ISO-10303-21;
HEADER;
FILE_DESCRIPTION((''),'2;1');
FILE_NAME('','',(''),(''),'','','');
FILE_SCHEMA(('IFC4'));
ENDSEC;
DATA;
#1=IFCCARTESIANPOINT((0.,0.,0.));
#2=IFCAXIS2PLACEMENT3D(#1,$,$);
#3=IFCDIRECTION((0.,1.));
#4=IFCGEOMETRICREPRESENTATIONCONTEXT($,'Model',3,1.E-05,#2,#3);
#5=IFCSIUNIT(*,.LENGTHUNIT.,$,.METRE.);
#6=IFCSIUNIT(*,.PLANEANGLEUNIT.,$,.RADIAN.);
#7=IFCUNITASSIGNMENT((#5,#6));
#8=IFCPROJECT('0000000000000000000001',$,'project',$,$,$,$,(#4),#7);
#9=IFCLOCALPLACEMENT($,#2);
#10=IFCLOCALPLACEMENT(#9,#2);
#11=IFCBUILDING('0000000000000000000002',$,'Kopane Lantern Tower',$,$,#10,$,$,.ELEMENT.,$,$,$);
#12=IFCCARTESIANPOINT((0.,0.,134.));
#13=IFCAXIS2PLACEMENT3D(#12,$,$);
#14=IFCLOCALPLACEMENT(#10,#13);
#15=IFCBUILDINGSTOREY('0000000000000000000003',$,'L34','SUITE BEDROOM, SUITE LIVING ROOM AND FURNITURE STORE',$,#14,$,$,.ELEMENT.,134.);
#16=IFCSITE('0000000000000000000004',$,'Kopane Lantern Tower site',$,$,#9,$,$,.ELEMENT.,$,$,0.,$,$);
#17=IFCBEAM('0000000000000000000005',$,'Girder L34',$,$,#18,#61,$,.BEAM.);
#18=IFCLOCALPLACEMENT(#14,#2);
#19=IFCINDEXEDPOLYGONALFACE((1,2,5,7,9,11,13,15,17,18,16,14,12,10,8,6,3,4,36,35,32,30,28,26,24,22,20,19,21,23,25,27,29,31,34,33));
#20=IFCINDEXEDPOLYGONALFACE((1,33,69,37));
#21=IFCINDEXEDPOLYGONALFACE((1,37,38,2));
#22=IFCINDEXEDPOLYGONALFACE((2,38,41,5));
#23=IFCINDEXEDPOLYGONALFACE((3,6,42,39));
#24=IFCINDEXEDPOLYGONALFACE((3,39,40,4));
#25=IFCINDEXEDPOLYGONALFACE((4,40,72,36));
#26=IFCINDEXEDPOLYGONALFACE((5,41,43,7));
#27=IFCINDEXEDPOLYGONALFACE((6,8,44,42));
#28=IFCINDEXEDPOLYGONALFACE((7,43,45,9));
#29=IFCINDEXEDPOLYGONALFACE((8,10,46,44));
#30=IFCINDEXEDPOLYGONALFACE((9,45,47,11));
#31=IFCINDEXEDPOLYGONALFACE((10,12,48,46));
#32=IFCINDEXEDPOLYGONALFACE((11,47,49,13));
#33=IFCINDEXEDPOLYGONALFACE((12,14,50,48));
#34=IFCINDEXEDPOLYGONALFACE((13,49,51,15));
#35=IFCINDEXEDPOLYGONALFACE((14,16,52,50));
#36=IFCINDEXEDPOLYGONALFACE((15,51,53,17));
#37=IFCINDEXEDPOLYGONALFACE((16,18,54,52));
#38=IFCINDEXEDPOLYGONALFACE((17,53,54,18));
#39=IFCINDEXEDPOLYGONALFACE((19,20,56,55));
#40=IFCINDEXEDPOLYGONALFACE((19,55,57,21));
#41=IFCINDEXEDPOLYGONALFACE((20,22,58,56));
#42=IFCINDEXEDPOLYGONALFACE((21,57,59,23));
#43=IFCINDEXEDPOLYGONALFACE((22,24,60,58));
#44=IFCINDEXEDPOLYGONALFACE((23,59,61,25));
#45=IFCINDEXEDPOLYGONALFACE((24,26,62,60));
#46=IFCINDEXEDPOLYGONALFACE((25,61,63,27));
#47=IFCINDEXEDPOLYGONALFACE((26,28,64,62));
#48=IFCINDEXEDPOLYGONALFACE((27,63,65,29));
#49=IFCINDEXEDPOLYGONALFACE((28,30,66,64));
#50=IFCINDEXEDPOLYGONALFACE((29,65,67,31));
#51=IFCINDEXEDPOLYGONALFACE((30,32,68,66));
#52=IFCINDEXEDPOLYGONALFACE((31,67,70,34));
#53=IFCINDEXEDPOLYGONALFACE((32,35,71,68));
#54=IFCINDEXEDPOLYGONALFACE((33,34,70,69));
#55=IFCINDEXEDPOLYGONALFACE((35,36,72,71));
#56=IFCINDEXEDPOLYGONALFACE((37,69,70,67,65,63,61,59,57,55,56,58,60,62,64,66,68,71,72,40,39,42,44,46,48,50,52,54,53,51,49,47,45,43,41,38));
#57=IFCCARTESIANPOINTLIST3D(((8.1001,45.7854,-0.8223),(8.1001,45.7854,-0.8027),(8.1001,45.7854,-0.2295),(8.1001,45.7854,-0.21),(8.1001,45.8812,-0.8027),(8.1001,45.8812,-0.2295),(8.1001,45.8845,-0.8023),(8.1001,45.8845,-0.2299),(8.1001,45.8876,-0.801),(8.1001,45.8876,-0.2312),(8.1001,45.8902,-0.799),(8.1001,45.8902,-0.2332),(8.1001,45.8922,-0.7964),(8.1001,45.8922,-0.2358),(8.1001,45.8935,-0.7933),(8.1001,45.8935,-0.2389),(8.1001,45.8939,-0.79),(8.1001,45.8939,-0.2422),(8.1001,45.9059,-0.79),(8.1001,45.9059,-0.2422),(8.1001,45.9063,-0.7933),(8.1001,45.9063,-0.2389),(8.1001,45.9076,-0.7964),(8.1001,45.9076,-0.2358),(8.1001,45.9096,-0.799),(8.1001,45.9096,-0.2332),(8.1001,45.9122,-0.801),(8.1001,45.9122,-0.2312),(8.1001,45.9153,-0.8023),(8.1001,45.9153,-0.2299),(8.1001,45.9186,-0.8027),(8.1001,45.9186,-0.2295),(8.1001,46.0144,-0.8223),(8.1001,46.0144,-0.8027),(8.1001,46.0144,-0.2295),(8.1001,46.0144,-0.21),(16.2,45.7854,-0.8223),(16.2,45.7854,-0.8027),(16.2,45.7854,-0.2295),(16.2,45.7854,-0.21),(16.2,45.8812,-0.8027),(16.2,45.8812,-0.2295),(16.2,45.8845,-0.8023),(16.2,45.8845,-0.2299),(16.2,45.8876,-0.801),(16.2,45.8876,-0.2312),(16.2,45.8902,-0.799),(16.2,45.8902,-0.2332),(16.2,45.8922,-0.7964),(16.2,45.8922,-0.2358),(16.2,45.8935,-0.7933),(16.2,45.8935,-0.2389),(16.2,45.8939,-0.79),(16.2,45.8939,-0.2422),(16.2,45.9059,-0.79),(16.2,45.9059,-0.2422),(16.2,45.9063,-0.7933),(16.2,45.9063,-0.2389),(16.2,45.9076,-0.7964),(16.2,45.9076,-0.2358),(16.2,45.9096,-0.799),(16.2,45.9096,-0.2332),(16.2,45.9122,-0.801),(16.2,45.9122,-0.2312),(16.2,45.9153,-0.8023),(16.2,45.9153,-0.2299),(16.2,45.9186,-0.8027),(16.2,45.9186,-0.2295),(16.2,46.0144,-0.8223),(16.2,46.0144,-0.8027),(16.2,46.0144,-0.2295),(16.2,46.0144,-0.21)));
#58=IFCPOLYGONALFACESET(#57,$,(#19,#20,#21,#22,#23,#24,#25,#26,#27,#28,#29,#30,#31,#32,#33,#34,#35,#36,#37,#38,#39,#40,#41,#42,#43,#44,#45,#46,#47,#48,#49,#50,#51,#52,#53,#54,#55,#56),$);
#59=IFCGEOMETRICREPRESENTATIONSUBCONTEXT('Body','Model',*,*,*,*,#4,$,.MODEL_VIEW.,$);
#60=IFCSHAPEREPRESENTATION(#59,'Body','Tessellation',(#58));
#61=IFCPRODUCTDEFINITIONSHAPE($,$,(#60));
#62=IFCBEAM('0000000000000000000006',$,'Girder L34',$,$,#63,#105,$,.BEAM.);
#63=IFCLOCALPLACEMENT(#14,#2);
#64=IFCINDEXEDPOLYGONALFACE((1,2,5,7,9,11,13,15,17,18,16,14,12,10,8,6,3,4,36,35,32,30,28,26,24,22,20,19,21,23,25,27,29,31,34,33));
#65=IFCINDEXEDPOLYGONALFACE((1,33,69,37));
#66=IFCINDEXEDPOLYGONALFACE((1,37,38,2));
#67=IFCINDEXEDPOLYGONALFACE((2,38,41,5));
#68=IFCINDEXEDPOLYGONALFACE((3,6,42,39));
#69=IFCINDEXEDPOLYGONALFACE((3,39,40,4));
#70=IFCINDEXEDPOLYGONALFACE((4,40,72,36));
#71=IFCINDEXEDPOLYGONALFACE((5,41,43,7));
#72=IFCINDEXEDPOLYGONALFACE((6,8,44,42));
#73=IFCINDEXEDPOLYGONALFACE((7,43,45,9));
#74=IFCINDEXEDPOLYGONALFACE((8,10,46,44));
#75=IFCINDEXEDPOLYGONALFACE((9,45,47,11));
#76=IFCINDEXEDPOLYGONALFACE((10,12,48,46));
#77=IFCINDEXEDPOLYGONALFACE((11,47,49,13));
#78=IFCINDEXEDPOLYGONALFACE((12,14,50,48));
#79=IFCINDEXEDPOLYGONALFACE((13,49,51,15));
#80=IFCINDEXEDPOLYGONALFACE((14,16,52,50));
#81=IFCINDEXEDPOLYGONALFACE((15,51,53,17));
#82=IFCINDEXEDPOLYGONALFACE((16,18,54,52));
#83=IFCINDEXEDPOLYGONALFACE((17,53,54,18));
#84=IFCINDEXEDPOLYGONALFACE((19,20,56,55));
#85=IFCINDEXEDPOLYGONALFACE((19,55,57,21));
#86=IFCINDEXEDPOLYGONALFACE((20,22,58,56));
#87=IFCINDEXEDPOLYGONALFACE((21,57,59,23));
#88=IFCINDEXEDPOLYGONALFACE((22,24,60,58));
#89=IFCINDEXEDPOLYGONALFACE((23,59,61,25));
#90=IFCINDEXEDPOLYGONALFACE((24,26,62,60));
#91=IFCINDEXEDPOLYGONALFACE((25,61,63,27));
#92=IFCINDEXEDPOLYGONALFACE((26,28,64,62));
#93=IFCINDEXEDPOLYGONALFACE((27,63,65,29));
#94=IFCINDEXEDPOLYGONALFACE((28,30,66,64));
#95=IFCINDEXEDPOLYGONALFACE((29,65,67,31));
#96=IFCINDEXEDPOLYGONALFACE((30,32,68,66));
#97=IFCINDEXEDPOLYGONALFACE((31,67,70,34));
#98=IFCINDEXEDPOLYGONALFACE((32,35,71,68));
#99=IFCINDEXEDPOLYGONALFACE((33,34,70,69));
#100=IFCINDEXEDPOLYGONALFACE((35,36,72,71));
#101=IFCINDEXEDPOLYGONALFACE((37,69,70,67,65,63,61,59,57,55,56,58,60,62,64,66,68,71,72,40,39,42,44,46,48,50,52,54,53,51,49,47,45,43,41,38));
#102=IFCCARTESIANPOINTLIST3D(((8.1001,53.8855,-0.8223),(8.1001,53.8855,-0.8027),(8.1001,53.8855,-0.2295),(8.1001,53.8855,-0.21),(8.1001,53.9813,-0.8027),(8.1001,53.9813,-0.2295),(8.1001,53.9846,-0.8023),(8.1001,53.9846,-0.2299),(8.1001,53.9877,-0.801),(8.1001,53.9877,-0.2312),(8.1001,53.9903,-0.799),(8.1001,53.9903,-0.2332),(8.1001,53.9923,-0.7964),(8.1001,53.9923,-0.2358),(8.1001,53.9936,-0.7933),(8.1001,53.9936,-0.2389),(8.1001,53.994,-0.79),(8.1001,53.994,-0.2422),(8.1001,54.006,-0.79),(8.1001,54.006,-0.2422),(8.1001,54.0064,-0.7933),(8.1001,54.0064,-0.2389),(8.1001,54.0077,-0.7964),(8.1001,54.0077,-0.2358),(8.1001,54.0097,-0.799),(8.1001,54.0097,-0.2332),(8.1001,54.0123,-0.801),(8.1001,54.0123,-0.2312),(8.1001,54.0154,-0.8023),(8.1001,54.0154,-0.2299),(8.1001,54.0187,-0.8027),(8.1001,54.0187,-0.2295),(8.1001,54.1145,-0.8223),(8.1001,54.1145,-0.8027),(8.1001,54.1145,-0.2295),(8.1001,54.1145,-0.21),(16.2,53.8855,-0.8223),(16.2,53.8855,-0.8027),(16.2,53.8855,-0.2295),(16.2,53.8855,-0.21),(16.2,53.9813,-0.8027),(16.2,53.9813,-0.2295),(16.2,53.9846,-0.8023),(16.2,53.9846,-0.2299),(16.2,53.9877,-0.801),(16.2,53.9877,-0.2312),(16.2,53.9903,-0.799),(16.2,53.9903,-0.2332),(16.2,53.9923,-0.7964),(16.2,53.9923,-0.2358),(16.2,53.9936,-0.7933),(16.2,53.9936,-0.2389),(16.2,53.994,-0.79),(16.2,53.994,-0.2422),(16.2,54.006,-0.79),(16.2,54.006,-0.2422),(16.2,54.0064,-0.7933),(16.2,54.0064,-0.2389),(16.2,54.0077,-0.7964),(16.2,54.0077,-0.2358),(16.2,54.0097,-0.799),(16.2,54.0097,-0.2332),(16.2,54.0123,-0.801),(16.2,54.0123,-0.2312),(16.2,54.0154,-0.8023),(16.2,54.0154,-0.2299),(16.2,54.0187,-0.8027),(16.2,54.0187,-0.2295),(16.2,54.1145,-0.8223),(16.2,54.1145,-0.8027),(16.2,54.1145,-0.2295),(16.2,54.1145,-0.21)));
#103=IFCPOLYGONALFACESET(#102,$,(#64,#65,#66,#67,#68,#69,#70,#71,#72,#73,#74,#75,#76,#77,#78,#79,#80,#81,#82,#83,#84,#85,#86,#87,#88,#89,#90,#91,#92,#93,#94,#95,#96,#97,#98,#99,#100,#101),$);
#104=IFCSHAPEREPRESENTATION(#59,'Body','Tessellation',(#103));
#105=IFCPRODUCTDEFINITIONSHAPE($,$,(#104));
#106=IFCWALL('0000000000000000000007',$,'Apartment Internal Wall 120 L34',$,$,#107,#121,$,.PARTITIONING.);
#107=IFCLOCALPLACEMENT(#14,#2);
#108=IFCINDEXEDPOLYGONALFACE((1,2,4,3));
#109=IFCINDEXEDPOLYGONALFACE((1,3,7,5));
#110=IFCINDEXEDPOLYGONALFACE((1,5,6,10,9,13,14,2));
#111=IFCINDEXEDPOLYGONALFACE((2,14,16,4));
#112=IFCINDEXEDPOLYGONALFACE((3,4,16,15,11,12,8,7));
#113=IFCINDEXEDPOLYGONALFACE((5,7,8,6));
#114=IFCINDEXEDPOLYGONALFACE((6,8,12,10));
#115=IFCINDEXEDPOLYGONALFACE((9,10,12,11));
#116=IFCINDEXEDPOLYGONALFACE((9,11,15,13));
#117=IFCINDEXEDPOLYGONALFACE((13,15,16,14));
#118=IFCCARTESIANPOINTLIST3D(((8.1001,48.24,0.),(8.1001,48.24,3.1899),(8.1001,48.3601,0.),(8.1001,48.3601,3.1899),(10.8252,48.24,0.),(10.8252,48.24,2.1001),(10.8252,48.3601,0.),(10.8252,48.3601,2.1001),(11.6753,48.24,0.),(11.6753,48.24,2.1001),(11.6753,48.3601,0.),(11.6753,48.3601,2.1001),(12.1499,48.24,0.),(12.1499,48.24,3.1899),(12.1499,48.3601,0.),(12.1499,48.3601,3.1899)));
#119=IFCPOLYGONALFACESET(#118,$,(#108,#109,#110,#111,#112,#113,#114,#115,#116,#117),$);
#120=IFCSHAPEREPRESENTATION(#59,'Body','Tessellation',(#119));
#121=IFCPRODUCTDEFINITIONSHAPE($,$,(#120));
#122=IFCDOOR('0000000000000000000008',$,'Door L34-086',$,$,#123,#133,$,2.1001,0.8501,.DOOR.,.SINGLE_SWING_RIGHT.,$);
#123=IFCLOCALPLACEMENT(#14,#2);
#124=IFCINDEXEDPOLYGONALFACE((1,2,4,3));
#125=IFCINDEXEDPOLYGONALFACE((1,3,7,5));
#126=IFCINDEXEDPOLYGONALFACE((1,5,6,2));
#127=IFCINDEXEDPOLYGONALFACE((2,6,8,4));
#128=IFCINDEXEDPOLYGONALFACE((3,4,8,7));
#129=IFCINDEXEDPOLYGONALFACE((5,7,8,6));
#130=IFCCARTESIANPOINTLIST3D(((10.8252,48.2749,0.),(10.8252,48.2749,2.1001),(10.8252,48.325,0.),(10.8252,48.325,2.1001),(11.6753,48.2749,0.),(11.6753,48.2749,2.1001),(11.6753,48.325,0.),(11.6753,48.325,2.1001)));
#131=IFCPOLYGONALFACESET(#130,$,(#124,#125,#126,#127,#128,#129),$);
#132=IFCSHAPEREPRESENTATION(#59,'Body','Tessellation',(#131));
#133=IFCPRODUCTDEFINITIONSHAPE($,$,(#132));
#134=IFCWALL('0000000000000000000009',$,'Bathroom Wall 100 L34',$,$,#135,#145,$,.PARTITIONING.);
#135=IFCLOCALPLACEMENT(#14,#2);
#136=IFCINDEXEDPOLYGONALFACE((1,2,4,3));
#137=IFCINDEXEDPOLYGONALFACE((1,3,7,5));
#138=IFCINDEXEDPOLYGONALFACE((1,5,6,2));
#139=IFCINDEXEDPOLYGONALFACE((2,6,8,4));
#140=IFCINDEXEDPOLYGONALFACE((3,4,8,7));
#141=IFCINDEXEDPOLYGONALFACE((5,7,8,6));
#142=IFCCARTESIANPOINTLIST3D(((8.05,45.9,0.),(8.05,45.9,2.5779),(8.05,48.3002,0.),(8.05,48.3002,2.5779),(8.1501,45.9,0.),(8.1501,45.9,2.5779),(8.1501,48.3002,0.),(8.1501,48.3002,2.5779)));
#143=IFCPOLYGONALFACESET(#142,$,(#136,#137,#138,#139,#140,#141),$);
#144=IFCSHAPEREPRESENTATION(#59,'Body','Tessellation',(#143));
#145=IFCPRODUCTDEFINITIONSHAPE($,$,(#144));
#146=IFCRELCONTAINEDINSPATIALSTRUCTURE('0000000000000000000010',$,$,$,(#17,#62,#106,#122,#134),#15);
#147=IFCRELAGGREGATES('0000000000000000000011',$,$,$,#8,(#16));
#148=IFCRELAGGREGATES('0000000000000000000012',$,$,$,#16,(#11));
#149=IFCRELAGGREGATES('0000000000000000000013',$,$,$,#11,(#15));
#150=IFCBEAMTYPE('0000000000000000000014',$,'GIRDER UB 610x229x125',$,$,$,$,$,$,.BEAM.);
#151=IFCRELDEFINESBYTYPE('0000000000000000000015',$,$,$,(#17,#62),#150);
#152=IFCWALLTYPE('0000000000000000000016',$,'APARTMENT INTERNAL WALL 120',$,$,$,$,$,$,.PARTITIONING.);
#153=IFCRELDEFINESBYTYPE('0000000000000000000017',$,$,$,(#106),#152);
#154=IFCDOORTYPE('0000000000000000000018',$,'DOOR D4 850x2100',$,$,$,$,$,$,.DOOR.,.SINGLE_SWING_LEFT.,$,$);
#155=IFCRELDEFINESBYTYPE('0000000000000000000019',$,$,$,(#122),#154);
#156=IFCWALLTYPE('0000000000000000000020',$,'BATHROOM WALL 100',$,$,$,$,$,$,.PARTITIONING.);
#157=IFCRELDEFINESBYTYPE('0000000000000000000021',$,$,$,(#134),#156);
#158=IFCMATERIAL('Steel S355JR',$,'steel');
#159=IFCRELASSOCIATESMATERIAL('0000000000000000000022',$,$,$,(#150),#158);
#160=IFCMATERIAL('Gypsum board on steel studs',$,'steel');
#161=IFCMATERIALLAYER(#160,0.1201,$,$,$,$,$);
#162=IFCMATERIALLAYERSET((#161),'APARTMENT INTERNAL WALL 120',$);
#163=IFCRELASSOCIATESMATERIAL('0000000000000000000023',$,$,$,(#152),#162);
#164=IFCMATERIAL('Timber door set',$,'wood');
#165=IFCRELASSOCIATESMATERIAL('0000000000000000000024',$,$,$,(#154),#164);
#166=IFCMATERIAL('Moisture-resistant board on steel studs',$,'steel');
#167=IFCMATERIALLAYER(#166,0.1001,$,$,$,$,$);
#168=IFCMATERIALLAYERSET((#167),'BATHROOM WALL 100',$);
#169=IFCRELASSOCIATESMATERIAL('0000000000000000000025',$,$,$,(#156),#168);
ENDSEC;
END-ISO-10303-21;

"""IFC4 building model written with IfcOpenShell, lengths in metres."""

from ifc_helpers import new_model, si_unit, direction, frame, frame_2d, origin, origin_2d, place, context, subcontext, project, spatial, rectangle, i_section, extrude, material, layer, layer_set, material_profile, profile_set, type_object, element, fill, save


model = new_model("IFC4")

# Units and contexts
model_context = context("Model", 3, precision=1e-05, world=origin(), true_north=direction((0.0, 1.0)))
body_context = subcontext(model_context, "Body", "Model", "MODEL_VIEW")
ifc_project = project(units=[si_unit("LENGTHUNIT", "METRE"), si_unit("PLANEANGLEUNIT", "RADIAN")], contexts=[model_context])

# Site, building, storey
site_placement = place(None, origin())
site = spatial("IfcSite", under=ifc_project, at=site_placement, Name="Kopane Lantern Tower site", CompositionType="ELEMENT", RefElevation=0.0)
building_placement = place(site_placement, origin())
building = spatial("IfcBuilding", under=site, at=building_placement, Name="Kopane Lantern Tower", CompositionType="ELEMENT")
storey_placement = place(building_placement, frame((0.0, 0.0, 134.0)))
storey = spatial("IfcBuildingStorey", under=building, at=storey_placement, Name="L34", Description="SUITE BEDROOM, SUITE LIVING ROOM AND FURNITURE STORE", CompositionType="ELEMENT", Elevation=134.0)

# Beams
ifc_material_1 = material(Name="Steel S355JR", Category="steel")
ifc_material_profile_1 = material_profile(ifc_material_1, i_section(OverallWidth=0.229, OverallDepth=0.6123, WebThickness=0.012, FlangeThickness=0.0195, FilletRadius=0.0127, at=origin_2d()), Name="UB 610x229x125")
ifc_profile_set_1 = profile_set([ifc_material_profile_1], Name="Steel S355JR")
beam_type_1 = type_object("IfcBeamType", Name="GIRDER UB 610x229x125", PredefinedType="BEAM", material=ifc_profile_set_1)
for number, where, z_axis, x_axis, name in (
    (1, (8.1001, 45.8999, -0.5161), (1.0, 0.0, 0.0), (0.0, 1.0, 0.0), "Girder L34"),
    (2, (8.1001, 54.0, -0.5161), (1.0, 0.0, 0.0), (0.0, 1.0, 0.0), "Girder L34"),
):
    element("IfcBeam", number, at=place(storey_placement, frame(where, z_axis=z_axis, x_axis=x_axis)), inside=storey, type_object=beam_type_1, Name=name, PredefinedType="BEAM", context=body_context, shape_type="SweptSolid", body=[
        extrude(i_section(OverallWidth=0.229, OverallDepth=0.6123, WebThickness=0.012, FlangeThickness=0.0195, FilletRadius=0.0127, at=origin_2d()), origin(), (0.0, 0.0, 1.0), 8.0999),
    ])

# Wall, opening, door
ifc_material_2 = material(Name="Gypsum board on steel studs", Category="steel")
ifc_layer_1 = layer(ifc_material_2, 0.1201)
ifc_layer_set_1 = layer_set([ifc_layer_1], Name="APARTMENT INTERNAL WALL 120")
wall_type_1 = type_object("IfcWallType", Name="APARTMENT INTERNAL WALL 120", PredefinedType="PARTITIONING", material=ifc_layer_set_1)
wall_1_placement = place(storey_placement, frame((8.1001, 48.3, 0.0), z_axis=(0.0, 0.0, 1.0), x_axis=(1.0, 0.0, 0.0)))
wall_1 = element("IfcWall", 3, at=wall_1_placement, inside=storey, type_object=wall_type_1, Name="Apartment Internal Wall 120 L34", PredefinedType="PARTITIONING", context=body_context, shape_type="SweptSolid", body=[
    extrude(rectangle(XDim=4.0498, YDim=0.1201, at=frame_2d((2.0249, 0.0))), origin(), (0.0, 0.0, 1.0), 3.1899),
])
opening_1_placement = place(wall_1_placement, frame((2.7251, 0.0, 0.0)))
opening_1 = element("IfcOpeningElement", 4, at=opening_1_placement, cuts=wall_1, PredefinedType="OPENING", context=body_context, shape_type="SweptSolid", body=[
    extrude(rectangle(XDim=0.8501, YDim=2.1001, at=frame_2d((0.425, 1.05))), frame((0.0, 0.0701, 0.0), z_axis=(0.0, -1.0, 0.0), x_axis=(1.0, 0.0, 0.0)), (0.0, 0.0, 1.0), 0.1401),
])
ifc_material_3 = material(Name="Timber door set", Category="wood")
door_type_1 = type_object("IfcDoorType", Name="DOOR D4 850x2100", OperationType="SINGLE_SWING_LEFT", PredefinedType="DOOR", material=ifc_material_3)
door_1_placement = place(opening_1_placement, origin())
door_1 = element("IfcDoor", 5, at=door_1_placement, inside=storey, type_object=door_type_1, Name="Door L34-086", OperationType="SINGLE_SWING_RIGHT", OverallHeight=2.1001, OverallWidth=0.8501, PredefinedType="DOOR", context=body_context, shape_type="SweptSolid", body=[
    extrude(rectangle(XDim=0.8501, YDim=2.1001, at=frame_2d((0.425, 1.05))), frame((0.0, 0.0249, 0.0), z_axis=(0.0, -1.0, 0.0), x_axis=(1.0, 0.0, 0.0)), (0.0, 0.0, 1.0), 0.05),
])
fill(opening_1, door_1)

# Wall
ifc_material_4 = material(Name="Moisture-resistant board on steel studs", Category="steel")
ifc_layer_2 = layer(ifc_material_4, 0.1001)
ifc_layer_set_2 = layer_set([ifc_layer_2], Name="BATHROOM WALL 100")
wall_type_2 = type_object("IfcWallType", Name="BATHROOM WALL 100", PredefinedType="PARTITIONING", material=ifc_layer_set_2)
wall_2_placement = place(storey_placement, frame((8.1001, 45.8999, 0.0), z_axis=(0.0, 0.0, 1.0), x_axis=(0.0, 1.0, 0.0)))
element("IfcWall", 6, at=wall_2_placement, inside=storey, type_object=wall_type_2, Name="Bathroom Wall 100 L34", PredefinedType="PARTITIONING", context=body_context, shape_type="SweptSolid", body=[
    extrude(rectangle(XDim=2.4001, YDim=0.1001, at=frame_2d((1.2002, 0.0))), origin(), (0.0, 0.0, 1.0), 2.5779),
])

save(model, "model.ifc")
